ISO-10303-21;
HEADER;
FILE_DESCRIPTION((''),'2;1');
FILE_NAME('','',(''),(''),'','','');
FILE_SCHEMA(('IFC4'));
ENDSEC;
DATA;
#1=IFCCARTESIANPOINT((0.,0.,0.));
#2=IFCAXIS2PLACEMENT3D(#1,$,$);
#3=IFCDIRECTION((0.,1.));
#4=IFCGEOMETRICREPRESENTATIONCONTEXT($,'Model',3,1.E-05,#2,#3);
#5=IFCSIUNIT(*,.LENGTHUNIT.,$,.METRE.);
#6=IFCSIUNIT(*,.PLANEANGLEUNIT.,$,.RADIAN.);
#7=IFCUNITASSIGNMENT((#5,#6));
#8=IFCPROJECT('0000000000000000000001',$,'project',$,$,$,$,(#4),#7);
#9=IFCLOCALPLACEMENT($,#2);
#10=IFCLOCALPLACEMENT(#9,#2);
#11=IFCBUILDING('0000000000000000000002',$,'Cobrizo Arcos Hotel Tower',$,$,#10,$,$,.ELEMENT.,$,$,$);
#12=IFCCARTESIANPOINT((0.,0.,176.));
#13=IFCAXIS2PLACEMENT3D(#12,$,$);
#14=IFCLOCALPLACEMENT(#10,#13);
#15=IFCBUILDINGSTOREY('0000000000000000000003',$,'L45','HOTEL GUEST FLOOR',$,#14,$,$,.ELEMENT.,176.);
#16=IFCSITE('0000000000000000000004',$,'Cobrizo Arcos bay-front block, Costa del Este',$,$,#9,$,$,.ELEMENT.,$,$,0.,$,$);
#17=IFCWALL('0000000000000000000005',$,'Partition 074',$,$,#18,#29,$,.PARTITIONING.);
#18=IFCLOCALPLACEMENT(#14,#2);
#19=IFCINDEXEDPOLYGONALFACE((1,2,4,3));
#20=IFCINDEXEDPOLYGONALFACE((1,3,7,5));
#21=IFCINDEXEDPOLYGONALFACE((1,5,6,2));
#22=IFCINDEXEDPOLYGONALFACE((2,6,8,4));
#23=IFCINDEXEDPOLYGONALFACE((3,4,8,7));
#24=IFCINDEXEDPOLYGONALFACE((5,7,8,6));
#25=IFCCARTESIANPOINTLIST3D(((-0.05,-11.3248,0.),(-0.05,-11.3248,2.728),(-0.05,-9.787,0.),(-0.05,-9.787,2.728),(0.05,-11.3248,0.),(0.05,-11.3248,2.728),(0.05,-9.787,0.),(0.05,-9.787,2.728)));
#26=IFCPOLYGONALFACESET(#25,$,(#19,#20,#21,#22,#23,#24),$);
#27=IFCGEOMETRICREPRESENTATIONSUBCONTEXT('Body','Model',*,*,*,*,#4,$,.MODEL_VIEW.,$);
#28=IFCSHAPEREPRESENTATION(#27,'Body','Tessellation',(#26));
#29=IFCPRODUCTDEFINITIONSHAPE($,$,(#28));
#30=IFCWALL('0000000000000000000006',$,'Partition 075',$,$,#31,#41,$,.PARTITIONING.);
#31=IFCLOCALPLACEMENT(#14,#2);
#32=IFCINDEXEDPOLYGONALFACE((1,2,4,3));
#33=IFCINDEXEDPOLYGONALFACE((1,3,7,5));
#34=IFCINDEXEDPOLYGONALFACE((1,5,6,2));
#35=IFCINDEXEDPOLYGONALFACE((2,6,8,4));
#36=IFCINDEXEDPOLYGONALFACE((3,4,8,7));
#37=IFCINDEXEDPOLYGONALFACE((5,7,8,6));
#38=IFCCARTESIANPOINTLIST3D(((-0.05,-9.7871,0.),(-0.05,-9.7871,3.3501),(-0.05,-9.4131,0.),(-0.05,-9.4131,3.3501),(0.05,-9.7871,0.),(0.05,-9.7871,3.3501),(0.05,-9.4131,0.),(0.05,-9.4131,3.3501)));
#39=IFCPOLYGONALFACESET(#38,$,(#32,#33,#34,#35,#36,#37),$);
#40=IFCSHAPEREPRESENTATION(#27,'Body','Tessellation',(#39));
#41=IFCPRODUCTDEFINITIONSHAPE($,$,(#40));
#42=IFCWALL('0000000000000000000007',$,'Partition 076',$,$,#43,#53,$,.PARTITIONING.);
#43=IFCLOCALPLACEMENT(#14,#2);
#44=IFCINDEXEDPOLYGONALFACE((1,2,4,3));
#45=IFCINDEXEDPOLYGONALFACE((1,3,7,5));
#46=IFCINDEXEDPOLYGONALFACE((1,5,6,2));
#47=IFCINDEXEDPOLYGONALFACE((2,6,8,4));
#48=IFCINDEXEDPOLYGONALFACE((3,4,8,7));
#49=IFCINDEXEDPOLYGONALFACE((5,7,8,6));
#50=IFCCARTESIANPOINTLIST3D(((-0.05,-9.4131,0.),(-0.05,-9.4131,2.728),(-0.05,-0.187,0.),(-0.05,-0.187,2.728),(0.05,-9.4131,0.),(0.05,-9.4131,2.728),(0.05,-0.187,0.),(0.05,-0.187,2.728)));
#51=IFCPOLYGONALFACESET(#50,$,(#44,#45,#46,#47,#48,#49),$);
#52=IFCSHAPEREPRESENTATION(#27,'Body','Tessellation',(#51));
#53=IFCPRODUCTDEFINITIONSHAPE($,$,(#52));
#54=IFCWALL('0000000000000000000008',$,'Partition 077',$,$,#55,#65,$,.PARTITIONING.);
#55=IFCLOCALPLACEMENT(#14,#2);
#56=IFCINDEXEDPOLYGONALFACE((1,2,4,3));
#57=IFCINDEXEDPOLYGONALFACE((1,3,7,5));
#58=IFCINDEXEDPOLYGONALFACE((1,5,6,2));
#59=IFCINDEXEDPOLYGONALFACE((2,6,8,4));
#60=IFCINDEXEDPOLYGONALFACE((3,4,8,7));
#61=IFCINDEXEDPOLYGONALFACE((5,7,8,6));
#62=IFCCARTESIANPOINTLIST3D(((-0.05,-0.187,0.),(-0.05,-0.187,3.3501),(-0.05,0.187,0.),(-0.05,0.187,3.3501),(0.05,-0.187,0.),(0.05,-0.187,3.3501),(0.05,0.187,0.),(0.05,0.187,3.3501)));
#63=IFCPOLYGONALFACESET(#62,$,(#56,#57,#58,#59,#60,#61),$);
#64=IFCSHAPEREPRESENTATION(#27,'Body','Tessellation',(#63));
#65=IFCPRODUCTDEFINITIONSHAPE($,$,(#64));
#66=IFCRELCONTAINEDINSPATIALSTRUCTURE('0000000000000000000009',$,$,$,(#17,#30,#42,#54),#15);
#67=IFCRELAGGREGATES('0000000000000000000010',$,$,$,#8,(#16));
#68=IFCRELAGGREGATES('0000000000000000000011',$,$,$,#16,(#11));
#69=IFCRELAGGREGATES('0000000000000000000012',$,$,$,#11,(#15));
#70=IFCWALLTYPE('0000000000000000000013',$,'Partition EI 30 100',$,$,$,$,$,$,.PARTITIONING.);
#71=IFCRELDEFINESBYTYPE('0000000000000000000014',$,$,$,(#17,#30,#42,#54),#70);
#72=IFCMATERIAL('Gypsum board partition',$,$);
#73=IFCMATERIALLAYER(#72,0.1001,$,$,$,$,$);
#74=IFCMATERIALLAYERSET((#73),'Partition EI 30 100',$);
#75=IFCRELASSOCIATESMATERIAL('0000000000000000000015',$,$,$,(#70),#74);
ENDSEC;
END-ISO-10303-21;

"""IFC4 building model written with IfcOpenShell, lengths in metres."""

from ifc_helpers import new_model, si_unit, direction, frame, frame_2d, origin, place, context, subcontext, project, spatial, rectangle, extrude, material, layer, layer_set, type_object, element, save


model = new_model("IFC4")

# Units and contexts
model_context = context("Model", 3, precision=1e-05, world=origin(), true_north=direction((0.0, 1.0)))
body_context = subcontext(model_context, "Body", "Model", "MODEL_VIEW")
ifc_project = project(units=[si_unit("LENGTHUNIT", "METRE"), si_unit("PLANEANGLEUNIT", "RADIAN")], contexts=[model_context])

# Site, building, storey
site_placement = place(None, origin())
site = spatial("IfcSite", under=ifc_project, at=site_placement, Name="Cobrizo Arcos bay-front block, Costa del Este", CompositionType="ELEMENT", RefElevation=0.0)
building_placement = place(site_placement, origin())
building = spatial("IfcBuilding", under=site, at=building_placement, Name="Cobrizo Arcos Hotel Tower", CompositionType="ELEMENT")
storey_placement = place(building_placement, frame((0.0, 0.0, 176.0)))
storey = spatial("IfcBuildingStorey", under=building, at=storey_placement, Name="L45", Description="HOTEL GUEST FLOOR", CompositionType="ELEMENT", Elevation=176.0)

# Shared definitions
ifc_material_1 = material(Name="Gypsum board partition")

# Walls
ifc_layer_1 = layer(ifc_material_1, 0.1001)
ifc_layer_set_1 = layer_set([ifc_layer_1], Name="Partition EI 30 100")
wall_type_1 = type_object("IfcWallType", Name="Partition EI 30 100", PredefinedType="PARTITIONING", material=ifc_layer_set_1)
wall_1_placement = place(storey_placement, frame((0.0, -11.325, 0.0), z_axis=(0.0, 0.0, 1.0), x_axis=(0.0, 1.0, 0.0)))
element("IfcWall", 1, at=wall_1_placement, inside=storey, type_object=wall_type_1, Name="Partition 074", PredefinedType="PARTITIONING", context=body_context, shape_type="SweptSolid", body=[
    extrude(rectangle(XDim=1.5378, YDim=0.1001, at=frame_2d((0.769, 0.0))), origin(), (0.0, 0.0, 1.0), 2.728),
])
wall_2_placement = place(storey_placement, frame((0.0, -9.7871, 0.0), z_axis=(0.0, 0.0, 1.0), x_axis=(0.0, 1.0, 0.0)))
element("IfcWall", 2, at=wall_2_placement, inside=storey, type_object=wall_type_1, Name="Partition 075", PredefinedType="PARTITIONING", context=body_context, shape_type="SweptSolid", body=[
    extrude(rectangle(XDim=0.374, YDim=0.1001, at=frame_2d((0.187, 0.0))), origin(), (0.0, 0.0, 1.0), 3.3501),
])
wall_3_placement = place(storey_placement, frame((0.0, -9.4131, 0.0), z_axis=(0.0, 0.0, 1.0), x_axis=(0.0, 1.0, 0.0)))
element("IfcWall", 3, at=wall_3_placement, inside=storey, type_object=wall_type_1, Name="Partition 076", PredefinedType="PARTITIONING", context=body_context, shape_type="SweptSolid", body=[
    extrude(rectangle(XDim=9.2261, YDim=0.1001, at=frame_2d((4.613, 0.0))), origin(), (0.0, 0.0, 1.0), 2.728),
])
wall_4_placement = place(storey_placement, frame((0.0, -0.187, 0.0), z_axis=(0.0, 0.0, 1.0), x_axis=(0.0, 1.0, 0.0)))
element("IfcWall", 4, at=wall_4_placement, inside=storey, type_object=wall_type_1, Name="Partition 077", PredefinedType="PARTITIONING", context=body_context, shape_type="SweptSolid", body=[
    extrude(rectangle(XDim=0.374, YDim=0.1001, at=frame_2d((0.187, 0.0))), origin(), (0.0, 0.0, 1.0), 3.3501),
])

save(model, "model.ifc")
